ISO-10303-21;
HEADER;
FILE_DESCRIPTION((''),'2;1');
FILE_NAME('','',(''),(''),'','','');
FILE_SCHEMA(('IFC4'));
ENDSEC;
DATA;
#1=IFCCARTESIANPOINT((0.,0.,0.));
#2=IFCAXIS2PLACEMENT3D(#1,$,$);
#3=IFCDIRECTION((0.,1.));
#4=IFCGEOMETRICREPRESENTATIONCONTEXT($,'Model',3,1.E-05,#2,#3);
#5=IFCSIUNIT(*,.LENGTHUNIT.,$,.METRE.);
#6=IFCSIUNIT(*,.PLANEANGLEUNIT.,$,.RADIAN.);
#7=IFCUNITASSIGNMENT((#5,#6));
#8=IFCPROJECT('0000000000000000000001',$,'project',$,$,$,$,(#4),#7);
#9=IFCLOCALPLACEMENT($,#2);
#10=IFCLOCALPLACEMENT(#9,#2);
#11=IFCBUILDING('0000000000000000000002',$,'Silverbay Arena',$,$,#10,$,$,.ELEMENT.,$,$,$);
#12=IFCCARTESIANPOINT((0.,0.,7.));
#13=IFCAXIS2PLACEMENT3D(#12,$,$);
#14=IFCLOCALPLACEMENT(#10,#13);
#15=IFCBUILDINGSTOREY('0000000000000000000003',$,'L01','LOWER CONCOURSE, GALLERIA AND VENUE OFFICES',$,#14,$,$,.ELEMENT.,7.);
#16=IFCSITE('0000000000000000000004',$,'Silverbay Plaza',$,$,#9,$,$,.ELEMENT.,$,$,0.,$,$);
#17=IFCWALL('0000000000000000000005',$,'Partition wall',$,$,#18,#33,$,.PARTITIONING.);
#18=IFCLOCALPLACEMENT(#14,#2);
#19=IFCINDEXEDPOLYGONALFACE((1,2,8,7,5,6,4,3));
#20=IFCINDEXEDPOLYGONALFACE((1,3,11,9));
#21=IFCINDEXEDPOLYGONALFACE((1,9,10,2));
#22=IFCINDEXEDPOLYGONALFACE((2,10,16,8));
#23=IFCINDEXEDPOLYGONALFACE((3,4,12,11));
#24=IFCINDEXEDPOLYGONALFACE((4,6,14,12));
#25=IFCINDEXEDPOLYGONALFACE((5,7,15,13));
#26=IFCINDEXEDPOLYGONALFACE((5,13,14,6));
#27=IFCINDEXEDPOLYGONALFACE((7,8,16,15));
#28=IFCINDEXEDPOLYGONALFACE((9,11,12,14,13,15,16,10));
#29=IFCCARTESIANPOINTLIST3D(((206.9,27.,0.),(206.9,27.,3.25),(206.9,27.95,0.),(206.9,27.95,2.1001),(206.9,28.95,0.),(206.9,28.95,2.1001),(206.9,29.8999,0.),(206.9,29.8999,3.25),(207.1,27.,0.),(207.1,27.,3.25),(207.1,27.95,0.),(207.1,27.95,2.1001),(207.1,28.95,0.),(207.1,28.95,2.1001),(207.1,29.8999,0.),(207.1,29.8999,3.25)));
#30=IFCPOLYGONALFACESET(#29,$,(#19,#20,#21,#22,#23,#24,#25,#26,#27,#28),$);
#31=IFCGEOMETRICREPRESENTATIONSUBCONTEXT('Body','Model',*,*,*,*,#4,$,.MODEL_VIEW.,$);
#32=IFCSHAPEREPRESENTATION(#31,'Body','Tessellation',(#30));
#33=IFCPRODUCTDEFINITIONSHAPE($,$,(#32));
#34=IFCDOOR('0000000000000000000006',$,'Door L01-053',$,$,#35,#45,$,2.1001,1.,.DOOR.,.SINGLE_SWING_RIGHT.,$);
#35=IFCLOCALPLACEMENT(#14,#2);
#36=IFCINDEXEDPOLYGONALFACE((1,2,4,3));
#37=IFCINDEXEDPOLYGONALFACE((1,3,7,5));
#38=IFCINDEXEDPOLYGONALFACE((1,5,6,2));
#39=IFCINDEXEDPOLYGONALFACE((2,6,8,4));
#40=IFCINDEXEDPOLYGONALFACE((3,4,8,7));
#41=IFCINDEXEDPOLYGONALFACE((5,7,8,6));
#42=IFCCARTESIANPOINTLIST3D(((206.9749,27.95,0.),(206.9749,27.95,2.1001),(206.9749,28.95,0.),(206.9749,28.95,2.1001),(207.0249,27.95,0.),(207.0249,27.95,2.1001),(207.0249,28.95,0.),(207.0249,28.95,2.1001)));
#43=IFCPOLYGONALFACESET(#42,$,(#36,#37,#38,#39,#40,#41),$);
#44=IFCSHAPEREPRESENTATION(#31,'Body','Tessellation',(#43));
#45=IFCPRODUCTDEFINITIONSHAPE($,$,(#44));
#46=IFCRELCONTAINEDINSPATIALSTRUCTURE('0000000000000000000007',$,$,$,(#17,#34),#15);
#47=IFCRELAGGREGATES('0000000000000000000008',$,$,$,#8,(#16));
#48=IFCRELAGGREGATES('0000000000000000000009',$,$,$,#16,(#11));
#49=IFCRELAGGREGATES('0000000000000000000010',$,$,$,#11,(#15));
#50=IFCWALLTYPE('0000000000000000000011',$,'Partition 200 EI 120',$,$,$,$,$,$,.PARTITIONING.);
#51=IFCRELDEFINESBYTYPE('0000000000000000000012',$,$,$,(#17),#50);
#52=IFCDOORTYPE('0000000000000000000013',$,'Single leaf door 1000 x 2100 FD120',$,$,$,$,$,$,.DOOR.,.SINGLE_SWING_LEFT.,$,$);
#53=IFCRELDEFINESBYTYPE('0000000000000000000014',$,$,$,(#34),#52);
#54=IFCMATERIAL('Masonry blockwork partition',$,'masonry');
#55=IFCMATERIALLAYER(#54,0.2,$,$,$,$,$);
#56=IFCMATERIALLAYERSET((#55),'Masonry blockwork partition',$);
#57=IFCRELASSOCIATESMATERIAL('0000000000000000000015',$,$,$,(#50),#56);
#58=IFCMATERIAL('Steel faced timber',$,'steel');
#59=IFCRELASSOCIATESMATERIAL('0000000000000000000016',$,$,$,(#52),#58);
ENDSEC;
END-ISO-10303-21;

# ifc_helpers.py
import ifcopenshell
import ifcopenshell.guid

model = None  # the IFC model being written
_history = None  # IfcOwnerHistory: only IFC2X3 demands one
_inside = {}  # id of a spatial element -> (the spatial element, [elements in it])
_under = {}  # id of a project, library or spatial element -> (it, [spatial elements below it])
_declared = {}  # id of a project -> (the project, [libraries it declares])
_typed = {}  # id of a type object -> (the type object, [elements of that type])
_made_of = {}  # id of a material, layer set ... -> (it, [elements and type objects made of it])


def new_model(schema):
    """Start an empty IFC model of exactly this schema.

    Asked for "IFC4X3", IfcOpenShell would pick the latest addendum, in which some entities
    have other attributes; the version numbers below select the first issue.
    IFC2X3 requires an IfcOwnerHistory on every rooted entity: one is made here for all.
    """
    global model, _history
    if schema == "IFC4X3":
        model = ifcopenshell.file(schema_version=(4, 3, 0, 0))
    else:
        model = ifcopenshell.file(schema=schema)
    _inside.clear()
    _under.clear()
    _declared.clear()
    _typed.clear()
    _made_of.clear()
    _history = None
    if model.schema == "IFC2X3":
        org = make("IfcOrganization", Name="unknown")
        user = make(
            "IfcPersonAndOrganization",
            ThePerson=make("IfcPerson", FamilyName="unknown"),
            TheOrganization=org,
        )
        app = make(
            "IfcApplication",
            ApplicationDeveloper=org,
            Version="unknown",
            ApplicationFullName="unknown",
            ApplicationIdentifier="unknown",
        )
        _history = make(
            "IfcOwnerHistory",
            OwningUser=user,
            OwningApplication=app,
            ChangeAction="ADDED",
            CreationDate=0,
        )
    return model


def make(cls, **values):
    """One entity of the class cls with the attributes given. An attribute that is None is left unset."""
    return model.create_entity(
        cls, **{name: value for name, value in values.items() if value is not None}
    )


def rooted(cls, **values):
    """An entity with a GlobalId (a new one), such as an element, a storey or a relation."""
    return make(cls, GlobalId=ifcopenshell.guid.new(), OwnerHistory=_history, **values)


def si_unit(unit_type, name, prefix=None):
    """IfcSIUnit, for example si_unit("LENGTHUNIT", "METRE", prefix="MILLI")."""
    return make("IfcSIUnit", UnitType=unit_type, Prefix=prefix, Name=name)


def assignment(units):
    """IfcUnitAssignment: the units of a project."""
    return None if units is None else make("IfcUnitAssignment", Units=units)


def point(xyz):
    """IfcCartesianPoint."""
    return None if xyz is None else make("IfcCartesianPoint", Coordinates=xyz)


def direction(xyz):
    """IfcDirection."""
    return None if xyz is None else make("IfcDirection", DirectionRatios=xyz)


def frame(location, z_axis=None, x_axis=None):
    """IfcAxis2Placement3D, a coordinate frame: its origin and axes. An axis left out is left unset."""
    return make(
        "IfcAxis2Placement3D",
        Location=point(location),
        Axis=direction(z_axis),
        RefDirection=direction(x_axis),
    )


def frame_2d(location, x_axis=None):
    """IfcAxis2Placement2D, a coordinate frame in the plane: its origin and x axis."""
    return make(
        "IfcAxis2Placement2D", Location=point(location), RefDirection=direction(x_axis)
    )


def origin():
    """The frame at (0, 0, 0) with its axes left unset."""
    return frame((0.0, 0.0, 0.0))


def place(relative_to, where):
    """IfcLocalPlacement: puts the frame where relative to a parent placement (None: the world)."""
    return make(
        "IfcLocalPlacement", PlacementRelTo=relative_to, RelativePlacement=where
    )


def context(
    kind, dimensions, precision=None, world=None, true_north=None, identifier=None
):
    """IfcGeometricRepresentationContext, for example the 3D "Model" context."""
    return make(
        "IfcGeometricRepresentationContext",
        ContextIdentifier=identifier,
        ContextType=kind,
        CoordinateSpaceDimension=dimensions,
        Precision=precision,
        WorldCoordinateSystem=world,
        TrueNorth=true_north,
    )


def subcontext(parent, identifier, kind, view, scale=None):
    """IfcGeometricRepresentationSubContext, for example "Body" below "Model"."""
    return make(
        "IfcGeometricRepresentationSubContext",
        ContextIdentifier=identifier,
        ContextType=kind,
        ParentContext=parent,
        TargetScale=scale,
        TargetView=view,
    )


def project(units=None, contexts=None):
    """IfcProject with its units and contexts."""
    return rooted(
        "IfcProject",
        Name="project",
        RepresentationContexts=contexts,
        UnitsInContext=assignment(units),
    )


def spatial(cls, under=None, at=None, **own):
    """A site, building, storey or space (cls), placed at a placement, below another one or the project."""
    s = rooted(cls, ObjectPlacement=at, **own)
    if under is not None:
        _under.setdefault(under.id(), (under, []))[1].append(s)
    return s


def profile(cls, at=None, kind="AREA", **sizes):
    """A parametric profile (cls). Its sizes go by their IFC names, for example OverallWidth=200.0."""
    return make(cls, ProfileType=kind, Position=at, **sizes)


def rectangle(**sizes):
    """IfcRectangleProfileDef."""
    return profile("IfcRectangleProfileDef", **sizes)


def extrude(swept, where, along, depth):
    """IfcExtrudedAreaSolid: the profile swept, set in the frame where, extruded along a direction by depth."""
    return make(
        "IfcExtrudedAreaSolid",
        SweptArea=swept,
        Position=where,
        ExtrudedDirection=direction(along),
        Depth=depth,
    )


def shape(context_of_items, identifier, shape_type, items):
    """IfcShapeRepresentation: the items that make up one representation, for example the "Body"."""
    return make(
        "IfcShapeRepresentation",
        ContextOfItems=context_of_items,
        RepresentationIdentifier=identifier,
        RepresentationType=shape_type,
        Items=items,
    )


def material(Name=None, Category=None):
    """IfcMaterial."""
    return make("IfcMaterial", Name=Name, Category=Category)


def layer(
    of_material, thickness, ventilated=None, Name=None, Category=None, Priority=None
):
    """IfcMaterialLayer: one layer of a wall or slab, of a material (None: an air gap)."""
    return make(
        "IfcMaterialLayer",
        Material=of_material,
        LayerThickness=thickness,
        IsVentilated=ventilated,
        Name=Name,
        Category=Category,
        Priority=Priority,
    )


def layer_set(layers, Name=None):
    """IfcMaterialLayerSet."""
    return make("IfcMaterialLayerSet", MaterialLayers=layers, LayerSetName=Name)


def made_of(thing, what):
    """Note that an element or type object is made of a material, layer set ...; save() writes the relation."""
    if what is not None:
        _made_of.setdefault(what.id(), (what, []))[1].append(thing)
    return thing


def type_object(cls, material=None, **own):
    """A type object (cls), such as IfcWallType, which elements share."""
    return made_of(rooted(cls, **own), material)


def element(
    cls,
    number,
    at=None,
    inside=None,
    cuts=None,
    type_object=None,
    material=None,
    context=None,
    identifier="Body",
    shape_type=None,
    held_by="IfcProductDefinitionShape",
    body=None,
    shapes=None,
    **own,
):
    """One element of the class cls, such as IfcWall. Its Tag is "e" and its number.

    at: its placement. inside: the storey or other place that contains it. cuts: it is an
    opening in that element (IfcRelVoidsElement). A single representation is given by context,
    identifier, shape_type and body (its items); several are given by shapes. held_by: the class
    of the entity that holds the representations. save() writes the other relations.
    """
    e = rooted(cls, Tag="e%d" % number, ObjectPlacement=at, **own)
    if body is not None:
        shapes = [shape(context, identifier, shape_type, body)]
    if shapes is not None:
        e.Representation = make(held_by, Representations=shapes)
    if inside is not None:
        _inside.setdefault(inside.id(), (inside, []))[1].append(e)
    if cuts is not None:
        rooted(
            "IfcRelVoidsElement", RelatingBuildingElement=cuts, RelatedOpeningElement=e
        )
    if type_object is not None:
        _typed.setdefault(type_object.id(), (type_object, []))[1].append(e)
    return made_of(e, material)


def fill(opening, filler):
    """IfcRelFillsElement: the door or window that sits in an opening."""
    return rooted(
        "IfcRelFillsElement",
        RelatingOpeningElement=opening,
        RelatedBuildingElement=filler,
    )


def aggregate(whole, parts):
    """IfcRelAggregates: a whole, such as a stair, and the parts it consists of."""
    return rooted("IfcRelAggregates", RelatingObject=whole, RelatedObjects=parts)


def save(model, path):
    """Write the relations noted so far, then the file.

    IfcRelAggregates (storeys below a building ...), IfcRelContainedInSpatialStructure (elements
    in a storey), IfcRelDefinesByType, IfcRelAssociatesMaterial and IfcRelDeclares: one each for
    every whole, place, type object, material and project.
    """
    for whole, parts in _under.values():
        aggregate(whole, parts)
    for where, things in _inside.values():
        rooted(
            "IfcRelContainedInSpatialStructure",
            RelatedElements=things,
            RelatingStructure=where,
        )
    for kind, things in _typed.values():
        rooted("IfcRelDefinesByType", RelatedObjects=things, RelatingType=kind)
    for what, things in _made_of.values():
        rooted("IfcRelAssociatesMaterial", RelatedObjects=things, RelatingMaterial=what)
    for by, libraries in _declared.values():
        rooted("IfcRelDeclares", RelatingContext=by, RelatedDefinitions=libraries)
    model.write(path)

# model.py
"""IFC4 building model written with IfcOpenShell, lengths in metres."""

from ifc_helpers import new_model, si_unit, direction, frame, frame_2d, origin, place, context, subcontext, project, spatial, rectangle, extrude, material, layer, layer_set, type_object, element, fill, save


model = new_model("IFC4")

# Units and contexts
model_context = context("Model", 3, precision=1e-05, world=origin(), true_north=direction((0.0, 1.0)))
body_context = subcontext(model_context, "Body", "Model", "MODEL_VIEW")
ifc_project = project(units=[si_unit("LENGTHUNIT", "METRE"), si_unit("PLANEANGLEUNIT", "RADIAN")], contexts=[model_context])

# Site, building, storey
site_placement = place(None, origin())
site = spatial("IfcSite", under=ifc_project, at=site_placement, Name="Silverbay Plaza", CompositionType="ELEMENT", RefElevation=0.0)
building_placement = place(site_placement, origin())
building = spatial("IfcBuilding", under=site, at=building_placement, Name="Silverbay Arena", CompositionType="ELEMENT")
storey_placement = place(building_placement, frame((0.0, 0.0, 7.0)))
storey = spatial("IfcBuildingStorey", under=building, at=storey_placement, Name="L01", Description="LOWER CONCOURSE, GALLERIA AND VENUE OFFICES", CompositionType="ELEMENT", Elevation=7.0)

# Wall, opening, door
ifc_material_1 = material(Name="Masonry blockwork partition", Category="masonry")
ifc_layer_1 = layer(ifc_material_1, 0.2)
ifc_layer_set_1 = layer_set([ifc_layer_1], Name="Masonry blockwork partition")
wall_type_1 = type_object("IfcWallType", Name="Partition 200 EI 120", PredefinedType="PARTITIONING", material=ifc_layer_set_1)
ifc_material_2 = material(Name="Steel faced timber", Category="steel")
door_type_1 = type_object("IfcDoorType", Name="Single leaf door 1000 x 2100 FD120", OperationType="SINGLE_SWING_LEFT", PredefinedType="DOOR", material=ifc_material_2)
wall_1_placement = place(storey_placement, frame((207.0, 27.0, 0.0), z_axis=(0.0, 0.0, 1.0), x_axis=(0.0, 1.0, 0.0)))
wall_1 = element("IfcWall", 1, at=wall_1_placement, inside=storey, type_object=wall_type_1, Name="Partition wall", PredefinedType="PARTITIONING", context=body_context, shape_type="SweptSolid", body=[
    extrude(rectangle(XDim=2.8999, YDim=0.2, at=frame_2d((1.45, 0.0))), origin(), (0.0, 0.0, 1.0), 3.25),
])
opening_1_placement = place(wall_1_placement, frame((0.95, 0.0, 0.0)))
opening_1 = element("IfcOpeningElement", 2, at=opening_1_placement, cuts=wall_1, PredefinedType="OPENING", context=body_context, shape_type="SweptSolid", body=[
    extrude(rectangle(XDim=1.0, YDim=2.1001, at=frame_2d((0.5, 1.05))), frame((0.0, 0.1099, 0.0), z_axis=(0.0, -1.0, 0.0), x_axis=(1.0, 0.0, 0.0)), (0.0, 0.0, 1.0), 0.22),
])
door_1_placement = place(opening_1_placement, frame((1.0, 0.0, 0.0), z_axis=(0.0, 0.0, 1.0), x_axis=(-1.0, 0.0, 0.0)))
door_1 = element("IfcDoor", 3, at=door_1_placement, inside=storey, type_object=door_type_1, Name="Door L01-053", OperationType="SINGLE_SWING_RIGHT", OverallHeight=2.1001, OverallWidth=1.0, PredefinedType="DOOR", context=body_context, shape_type="SweptSolid", body=[
    extrude(rectangle(XDim=1.0, YDim=2.1001, at=frame_2d((0.5, 1.05))), frame((0.0, 0.0249, 0.0), z_axis=(0.0, -1.0, 0.0), x_axis=(1.0, 0.0, 0.0)), (0.0, 0.0, 1.0), 0.05),
])
fill(opening_1, door_1)

save(model, "model.ifc")
